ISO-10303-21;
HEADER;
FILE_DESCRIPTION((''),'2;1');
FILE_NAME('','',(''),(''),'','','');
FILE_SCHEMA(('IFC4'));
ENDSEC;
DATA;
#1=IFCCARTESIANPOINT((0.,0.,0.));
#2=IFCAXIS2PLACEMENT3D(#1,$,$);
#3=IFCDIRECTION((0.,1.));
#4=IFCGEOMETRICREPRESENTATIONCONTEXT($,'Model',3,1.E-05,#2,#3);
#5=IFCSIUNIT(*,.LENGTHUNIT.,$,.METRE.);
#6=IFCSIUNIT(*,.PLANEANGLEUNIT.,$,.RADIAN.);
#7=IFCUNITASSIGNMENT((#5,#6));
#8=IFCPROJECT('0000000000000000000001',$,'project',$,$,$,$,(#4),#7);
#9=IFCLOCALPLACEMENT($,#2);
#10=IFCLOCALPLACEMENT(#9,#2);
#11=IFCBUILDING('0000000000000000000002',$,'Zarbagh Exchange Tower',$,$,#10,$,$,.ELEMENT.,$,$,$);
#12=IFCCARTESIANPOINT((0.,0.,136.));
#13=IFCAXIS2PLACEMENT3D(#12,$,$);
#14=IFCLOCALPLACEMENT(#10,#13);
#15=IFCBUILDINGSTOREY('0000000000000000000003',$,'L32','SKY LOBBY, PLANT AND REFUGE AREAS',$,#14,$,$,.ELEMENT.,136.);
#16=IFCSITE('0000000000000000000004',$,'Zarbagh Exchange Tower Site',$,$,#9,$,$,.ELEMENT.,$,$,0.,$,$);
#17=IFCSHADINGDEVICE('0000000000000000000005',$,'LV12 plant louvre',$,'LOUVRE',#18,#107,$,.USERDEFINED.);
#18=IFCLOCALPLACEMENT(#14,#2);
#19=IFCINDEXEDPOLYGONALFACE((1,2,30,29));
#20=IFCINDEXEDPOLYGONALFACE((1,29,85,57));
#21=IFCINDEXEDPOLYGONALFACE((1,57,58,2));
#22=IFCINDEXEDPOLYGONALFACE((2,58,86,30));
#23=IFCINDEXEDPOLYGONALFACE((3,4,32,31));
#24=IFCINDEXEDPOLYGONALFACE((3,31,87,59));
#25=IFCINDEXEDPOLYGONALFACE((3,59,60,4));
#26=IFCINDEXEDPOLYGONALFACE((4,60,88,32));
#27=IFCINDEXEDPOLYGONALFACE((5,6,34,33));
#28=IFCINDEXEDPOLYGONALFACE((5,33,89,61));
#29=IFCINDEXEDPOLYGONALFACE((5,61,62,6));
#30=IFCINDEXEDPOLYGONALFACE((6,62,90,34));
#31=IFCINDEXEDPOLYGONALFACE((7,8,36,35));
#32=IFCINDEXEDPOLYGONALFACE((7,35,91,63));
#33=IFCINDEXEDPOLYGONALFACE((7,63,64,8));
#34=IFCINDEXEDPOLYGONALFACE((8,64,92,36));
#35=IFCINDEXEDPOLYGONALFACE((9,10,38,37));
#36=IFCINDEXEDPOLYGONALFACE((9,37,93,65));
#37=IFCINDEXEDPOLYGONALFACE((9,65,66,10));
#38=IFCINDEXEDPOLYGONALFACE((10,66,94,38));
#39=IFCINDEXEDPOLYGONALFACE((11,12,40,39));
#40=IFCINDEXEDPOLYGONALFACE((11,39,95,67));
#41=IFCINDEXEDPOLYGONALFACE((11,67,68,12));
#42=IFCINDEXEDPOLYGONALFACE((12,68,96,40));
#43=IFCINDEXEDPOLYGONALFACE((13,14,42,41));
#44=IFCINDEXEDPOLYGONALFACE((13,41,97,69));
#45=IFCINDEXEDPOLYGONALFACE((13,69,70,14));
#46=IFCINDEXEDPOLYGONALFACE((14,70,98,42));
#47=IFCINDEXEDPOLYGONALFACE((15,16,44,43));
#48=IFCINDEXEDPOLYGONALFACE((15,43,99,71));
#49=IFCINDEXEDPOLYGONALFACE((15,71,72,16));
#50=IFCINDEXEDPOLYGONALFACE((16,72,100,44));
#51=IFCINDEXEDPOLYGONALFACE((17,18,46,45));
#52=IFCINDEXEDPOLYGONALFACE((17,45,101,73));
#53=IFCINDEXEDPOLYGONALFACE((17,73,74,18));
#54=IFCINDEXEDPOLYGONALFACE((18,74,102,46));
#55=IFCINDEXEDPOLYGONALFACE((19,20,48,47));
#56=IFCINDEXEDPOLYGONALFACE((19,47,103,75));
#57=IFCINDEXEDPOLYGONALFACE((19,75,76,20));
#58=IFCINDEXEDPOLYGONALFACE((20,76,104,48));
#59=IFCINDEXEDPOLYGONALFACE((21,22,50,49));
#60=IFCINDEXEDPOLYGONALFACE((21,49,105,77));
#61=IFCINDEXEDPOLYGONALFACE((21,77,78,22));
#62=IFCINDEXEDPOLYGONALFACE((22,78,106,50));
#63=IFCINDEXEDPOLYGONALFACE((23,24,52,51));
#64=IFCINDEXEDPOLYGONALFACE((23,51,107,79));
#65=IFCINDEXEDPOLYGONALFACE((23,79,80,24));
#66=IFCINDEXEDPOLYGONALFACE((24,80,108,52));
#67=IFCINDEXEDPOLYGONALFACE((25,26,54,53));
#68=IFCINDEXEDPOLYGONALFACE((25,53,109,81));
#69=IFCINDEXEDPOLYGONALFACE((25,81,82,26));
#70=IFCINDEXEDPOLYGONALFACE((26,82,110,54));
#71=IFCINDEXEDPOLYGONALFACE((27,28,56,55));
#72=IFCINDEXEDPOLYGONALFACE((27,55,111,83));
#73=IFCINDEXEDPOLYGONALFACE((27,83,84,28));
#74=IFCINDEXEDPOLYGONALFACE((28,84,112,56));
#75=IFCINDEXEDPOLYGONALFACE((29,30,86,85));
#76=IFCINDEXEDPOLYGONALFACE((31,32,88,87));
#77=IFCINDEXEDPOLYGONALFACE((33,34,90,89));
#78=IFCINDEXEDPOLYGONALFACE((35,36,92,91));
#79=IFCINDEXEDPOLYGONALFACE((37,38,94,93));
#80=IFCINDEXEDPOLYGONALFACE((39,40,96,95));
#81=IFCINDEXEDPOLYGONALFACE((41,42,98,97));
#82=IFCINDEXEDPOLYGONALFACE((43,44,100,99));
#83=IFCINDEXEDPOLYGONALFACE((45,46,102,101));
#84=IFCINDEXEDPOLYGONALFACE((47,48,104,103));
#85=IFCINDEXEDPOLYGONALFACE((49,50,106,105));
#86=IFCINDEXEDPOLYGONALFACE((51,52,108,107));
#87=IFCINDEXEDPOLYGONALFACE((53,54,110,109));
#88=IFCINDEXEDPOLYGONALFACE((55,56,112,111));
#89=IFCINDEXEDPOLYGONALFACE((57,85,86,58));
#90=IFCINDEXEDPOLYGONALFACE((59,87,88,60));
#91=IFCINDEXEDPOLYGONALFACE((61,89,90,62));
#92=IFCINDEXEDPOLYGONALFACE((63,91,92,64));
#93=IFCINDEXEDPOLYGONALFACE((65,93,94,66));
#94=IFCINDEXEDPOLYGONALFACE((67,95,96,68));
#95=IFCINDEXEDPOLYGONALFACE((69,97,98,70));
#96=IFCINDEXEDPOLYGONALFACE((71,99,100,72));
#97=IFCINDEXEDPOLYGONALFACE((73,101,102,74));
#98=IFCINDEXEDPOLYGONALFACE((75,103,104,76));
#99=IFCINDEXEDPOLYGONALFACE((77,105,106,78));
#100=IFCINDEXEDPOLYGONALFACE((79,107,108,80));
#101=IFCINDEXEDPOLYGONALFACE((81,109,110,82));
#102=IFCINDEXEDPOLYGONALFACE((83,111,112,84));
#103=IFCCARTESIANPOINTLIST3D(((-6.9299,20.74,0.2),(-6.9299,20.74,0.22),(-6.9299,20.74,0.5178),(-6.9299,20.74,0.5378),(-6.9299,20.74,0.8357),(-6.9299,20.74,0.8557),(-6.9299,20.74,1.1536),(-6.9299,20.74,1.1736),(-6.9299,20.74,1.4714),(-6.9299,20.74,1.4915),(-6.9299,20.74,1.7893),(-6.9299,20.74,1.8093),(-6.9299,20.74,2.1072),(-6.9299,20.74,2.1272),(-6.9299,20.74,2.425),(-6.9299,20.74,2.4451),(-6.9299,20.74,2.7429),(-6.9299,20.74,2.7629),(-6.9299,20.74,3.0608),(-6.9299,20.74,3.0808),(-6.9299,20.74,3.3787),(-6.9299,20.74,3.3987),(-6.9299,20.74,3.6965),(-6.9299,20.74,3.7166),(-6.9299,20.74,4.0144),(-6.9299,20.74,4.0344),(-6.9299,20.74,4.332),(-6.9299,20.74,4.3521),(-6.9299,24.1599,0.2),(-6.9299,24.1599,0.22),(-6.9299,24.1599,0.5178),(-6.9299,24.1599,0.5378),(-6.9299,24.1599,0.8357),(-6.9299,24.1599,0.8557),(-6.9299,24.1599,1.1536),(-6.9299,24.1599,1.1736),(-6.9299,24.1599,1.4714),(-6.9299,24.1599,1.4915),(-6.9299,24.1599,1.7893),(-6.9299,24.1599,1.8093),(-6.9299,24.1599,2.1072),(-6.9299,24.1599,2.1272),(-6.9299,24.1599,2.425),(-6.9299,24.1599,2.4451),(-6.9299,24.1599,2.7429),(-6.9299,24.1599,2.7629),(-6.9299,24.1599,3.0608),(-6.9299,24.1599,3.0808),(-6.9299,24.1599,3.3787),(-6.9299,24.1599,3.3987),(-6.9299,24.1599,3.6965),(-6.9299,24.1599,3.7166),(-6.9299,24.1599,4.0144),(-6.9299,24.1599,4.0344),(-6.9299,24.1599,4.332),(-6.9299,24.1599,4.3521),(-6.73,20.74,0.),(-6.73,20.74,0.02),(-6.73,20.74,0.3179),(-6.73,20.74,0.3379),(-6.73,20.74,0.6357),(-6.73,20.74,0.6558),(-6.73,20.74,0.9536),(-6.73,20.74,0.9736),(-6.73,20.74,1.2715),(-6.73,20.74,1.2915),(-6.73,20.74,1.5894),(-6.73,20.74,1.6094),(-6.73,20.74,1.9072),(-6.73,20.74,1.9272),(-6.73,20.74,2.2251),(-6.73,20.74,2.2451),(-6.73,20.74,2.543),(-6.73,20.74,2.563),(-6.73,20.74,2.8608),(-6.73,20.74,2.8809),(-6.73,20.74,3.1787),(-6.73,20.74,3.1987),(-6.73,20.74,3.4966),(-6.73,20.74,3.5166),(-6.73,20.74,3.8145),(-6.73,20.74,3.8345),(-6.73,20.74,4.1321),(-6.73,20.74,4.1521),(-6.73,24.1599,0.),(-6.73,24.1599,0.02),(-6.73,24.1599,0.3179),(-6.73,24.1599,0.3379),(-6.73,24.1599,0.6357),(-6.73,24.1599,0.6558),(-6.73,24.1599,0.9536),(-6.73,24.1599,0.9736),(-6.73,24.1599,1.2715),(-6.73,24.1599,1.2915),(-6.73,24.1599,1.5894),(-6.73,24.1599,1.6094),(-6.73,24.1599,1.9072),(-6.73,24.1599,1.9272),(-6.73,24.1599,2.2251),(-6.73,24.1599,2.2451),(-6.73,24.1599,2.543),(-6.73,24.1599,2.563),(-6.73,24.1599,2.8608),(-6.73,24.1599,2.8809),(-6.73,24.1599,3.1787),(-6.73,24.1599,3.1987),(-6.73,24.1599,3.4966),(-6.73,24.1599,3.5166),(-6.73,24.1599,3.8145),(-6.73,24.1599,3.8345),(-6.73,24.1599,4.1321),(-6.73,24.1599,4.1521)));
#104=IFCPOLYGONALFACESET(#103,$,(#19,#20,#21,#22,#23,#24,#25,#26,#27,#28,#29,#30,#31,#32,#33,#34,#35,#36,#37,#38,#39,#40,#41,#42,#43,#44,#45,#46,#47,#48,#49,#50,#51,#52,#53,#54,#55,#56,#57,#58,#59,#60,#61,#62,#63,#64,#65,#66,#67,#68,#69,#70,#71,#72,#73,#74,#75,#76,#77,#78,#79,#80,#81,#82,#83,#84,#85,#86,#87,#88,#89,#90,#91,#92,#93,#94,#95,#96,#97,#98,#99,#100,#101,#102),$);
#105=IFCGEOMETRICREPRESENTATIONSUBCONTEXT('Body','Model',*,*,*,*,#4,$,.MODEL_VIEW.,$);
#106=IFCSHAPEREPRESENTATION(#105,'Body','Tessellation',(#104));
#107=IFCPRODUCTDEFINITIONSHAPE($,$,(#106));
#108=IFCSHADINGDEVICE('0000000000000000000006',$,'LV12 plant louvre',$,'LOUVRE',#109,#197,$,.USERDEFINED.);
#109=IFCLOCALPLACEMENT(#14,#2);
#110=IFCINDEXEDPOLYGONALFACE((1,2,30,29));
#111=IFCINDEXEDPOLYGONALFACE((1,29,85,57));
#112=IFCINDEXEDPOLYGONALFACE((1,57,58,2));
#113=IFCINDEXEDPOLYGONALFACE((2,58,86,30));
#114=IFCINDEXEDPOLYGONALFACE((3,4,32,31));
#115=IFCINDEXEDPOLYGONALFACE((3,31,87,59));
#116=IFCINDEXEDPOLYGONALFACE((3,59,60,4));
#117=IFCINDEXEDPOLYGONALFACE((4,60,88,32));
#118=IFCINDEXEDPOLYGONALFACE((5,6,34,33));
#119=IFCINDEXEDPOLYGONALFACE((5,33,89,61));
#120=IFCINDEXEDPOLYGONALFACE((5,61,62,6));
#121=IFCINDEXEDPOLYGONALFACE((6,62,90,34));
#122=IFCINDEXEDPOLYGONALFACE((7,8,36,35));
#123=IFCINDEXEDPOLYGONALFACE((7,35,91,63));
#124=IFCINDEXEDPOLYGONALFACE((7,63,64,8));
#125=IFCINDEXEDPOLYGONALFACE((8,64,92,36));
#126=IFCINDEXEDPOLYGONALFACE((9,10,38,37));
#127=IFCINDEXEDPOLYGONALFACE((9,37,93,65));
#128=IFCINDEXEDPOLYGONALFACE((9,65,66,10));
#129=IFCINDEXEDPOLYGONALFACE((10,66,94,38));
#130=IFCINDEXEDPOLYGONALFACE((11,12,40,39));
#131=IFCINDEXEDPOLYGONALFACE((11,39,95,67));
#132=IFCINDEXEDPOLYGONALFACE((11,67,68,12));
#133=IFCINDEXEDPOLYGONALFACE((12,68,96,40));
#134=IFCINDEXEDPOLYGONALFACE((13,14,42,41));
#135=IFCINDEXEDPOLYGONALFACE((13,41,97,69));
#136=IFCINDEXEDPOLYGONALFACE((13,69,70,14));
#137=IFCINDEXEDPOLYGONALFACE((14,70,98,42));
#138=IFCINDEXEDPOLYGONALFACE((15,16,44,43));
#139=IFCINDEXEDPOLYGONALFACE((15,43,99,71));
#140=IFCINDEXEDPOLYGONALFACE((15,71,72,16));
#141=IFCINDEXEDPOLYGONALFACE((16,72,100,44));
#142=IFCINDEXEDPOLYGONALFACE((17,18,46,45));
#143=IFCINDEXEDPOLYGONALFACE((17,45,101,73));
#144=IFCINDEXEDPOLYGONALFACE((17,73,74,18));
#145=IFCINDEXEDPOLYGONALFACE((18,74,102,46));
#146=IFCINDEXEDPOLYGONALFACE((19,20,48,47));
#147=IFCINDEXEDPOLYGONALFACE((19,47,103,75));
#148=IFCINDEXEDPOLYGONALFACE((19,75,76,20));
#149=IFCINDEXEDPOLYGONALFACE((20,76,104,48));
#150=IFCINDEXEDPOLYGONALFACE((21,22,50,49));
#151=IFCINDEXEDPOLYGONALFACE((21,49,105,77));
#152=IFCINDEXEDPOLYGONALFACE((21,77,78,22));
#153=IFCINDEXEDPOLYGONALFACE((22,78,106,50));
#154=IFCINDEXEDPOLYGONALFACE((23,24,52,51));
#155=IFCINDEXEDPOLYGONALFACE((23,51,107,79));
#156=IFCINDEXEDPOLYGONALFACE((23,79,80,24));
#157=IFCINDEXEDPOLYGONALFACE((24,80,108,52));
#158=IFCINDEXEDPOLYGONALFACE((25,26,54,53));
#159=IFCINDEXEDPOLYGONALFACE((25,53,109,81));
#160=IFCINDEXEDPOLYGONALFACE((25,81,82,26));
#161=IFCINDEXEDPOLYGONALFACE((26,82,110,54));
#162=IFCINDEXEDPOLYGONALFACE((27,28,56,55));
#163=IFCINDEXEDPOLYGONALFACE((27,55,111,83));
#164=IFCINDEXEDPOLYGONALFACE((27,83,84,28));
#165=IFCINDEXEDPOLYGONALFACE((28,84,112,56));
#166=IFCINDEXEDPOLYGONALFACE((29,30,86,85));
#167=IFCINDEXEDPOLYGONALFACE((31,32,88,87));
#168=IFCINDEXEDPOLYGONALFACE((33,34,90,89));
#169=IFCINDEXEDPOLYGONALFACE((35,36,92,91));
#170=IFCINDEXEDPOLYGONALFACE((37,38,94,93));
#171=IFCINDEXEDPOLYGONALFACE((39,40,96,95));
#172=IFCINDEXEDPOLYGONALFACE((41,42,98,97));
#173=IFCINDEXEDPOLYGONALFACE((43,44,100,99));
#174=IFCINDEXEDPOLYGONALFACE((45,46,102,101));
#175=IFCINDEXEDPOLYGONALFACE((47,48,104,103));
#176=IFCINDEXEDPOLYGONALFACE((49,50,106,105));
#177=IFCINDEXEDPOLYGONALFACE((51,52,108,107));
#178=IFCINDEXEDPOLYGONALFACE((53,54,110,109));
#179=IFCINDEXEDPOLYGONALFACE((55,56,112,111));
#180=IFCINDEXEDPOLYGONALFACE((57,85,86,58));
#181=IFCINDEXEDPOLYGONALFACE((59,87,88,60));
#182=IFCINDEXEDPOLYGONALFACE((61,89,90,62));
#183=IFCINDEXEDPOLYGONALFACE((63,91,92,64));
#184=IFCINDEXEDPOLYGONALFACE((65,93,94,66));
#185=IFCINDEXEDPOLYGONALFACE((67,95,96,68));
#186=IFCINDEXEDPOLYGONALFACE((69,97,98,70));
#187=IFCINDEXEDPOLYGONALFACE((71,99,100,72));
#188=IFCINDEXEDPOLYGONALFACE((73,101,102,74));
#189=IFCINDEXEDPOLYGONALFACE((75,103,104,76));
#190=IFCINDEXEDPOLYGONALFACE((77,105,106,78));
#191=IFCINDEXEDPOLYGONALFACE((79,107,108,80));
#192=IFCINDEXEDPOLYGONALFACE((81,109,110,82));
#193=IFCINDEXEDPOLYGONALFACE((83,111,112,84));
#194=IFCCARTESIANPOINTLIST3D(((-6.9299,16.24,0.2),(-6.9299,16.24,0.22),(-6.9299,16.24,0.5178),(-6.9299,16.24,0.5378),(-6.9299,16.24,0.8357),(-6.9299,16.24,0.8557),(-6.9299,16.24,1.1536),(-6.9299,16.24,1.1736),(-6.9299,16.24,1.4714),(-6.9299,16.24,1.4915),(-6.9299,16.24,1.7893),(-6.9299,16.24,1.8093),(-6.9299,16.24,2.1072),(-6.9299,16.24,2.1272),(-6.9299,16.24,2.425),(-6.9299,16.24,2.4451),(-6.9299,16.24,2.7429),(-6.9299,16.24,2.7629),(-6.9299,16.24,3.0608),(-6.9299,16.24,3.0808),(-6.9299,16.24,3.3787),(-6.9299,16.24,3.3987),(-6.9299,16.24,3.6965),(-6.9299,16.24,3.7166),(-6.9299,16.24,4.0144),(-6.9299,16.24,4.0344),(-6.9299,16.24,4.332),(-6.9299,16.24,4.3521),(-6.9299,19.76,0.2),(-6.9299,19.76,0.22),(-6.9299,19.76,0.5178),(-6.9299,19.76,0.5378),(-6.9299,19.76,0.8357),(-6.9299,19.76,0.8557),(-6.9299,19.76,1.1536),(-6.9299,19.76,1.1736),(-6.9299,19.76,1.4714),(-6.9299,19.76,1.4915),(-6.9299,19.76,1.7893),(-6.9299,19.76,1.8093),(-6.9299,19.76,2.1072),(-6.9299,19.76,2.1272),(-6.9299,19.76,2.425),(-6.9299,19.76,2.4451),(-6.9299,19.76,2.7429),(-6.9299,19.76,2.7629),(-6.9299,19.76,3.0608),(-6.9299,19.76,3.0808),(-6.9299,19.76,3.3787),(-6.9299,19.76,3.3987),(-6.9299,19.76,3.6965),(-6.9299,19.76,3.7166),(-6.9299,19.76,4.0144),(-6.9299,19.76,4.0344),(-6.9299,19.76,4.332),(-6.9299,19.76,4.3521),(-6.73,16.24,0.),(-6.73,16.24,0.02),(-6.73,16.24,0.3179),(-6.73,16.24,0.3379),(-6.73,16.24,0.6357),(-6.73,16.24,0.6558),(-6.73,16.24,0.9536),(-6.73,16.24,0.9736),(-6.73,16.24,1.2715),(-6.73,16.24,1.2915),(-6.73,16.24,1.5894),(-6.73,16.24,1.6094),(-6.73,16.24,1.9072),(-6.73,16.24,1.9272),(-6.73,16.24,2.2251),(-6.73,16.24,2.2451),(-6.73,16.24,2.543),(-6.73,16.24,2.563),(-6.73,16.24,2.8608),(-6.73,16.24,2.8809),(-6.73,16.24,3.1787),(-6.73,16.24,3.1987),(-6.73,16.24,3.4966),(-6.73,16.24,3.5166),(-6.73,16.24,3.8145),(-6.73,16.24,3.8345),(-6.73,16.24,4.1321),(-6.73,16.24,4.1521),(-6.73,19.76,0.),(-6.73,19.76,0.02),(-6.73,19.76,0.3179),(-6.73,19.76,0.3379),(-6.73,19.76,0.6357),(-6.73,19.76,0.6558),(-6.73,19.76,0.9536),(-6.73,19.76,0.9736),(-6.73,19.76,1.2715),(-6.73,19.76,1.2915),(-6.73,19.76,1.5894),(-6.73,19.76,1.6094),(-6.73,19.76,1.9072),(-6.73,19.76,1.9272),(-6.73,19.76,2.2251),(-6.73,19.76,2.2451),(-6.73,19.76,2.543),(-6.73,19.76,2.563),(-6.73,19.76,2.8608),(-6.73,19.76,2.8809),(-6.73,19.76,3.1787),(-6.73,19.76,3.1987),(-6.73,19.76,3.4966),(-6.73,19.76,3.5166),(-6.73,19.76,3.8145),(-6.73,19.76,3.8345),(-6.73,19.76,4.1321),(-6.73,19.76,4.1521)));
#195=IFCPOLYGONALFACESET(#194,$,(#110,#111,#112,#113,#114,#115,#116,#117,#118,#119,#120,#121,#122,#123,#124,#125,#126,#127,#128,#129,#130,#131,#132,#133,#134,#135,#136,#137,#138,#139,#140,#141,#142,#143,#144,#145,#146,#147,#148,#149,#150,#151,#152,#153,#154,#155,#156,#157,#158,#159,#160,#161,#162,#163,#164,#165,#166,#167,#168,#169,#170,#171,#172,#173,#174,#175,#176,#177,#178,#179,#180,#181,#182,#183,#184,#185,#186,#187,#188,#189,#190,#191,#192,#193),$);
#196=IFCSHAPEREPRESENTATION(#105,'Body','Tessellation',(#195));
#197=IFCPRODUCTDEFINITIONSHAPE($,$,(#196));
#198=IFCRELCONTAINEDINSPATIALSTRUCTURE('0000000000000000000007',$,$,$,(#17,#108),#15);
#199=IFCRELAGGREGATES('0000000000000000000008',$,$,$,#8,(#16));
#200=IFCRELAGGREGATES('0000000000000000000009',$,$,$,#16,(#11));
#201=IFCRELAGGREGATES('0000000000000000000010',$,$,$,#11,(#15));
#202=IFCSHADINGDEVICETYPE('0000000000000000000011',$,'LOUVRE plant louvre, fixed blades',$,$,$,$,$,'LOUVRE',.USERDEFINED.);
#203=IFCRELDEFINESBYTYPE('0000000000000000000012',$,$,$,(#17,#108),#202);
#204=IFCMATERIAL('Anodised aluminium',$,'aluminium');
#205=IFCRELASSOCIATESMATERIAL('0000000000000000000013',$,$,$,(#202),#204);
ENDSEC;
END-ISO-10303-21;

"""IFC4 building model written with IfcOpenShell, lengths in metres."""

from ifc_helpers import new_model, si_unit, direction, frame, origin, place, context, subcontext, project, spatial, polyline, outline, extrude, source, transform, mapped, material, type_object, element, save


model = new_model("IFC4")

# Units and contexts
model_context = context("Model", 3, precision=1e-05, world=origin(), true_north=direction((0.0, 1.0)))
body_context = subcontext(model_context, "Body", "Model", "MODEL_VIEW")
ifc_project = project(units=[si_unit("LENGTHUNIT", "METRE"), si_unit("PLANEANGLEUNIT", "RADIAN")], contexts=[model_context])

# Site, building, storey
site_placement = place(None, origin())
site = spatial("IfcSite", under=ifc_project, at=site_placement, Name="Zarbagh Exchange Tower Site", CompositionType="ELEMENT", RefElevation=0.0)
building_placement = place(site_placement, origin())
building = spatial("IfcBuilding", under=site, at=building_placement, Name="Zarbagh Exchange Tower", CompositionType="ELEMENT")
storey_placement = place(building_placement, frame((0.0, 0.0, 136.0)))
storey = spatial("IfcBuildingStorey", under=building, at=storey_placement, Name="L32", Description="SKY LOBBY, PLANT AND REFUGE AREAS", CompositionType="ELEMENT", Elevation=136.0)

# Shared definitions
placement = place(storey_placement, origin())

# Shading devices
ifc_material_1 = material(Name="Anodised aluminium", Category="aluminium")
shading_device_type = type_object("IfcShadingDeviceType", Name="LOUVRE plant louvre, fixed blades", ElementType="LOUVRE", PredefinedType="USERDEFINED", material=ifc_material_1)
shared_shape_1 = source(origin(), body_context, "Body", "SweptSolid", [
    extrude(outline(polyline([(0.0, 0.2), (0.2, 0.0), (0.2, -0.02), (0.0, 0.1799), (0.0, 0.2)])), origin(), (0.0, 0.0, 1.0), 3.4199),
])
element("IfcShadingDevice", 1, at=placement, inside=storey, type_object=shading_device_type, Name="LV12 plant louvre", ObjectType="LOUVRE", PredefinedType="USERDEFINED", context=body_context, shape_type="MappedRepresentation", body=[
    mapped(shared_shape_1, transform((-6.73, 24.1599, 0.2), x_axis=(-1.0, 0.0, 0.0), y_axis=(0.0, 0.0, -1.0), z_axis=(0.0, -1.0, 0.0))),
    mapped(shared_shape_1, transform((-6.73, 24.1599, 0.5178), x_axis=(-1.0, 0.0, 0.0), y_axis=(0.0, 0.0, -1.0), z_axis=(0.0, -1.0, 0.0))),
    mapped(shared_shape_1, transform((-6.73, 24.1599, 0.8357), x_axis=(-1.0, 0.0, 0.0), y_axis=(0.0, 0.0, -1.0), z_axis=(0.0, -1.0, 0.0))),
    mapped(shared_shape_1, transform((-6.73, 24.1599, 1.1536), x_axis=(-1.0, 0.0, 0.0), y_axis=(0.0, 0.0, -1.0), z_axis=(0.0, -1.0, 0.0))),
    mapped(shared_shape_1, transform((-6.73, 24.1599, 1.4714), x_axis=(-1.0, 0.0, 0.0), y_axis=(0.0, 0.0, -1.0), z_axis=(0.0, -1.0, 0.0))),
    mapped(shared_shape_1, transform((-6.73, 24.1599, 1.7893), x_axis=(-1.0, 0.0, 0.0), y_axis=(0.0, 0.0, -1.0), z_axis=(0.0, -1.0, 0.0))),
    mapped(shared_shape_1, transform((-6.73, 24.1599, 2.1072), x_axis=(-1.0, 0.0, 0.0), y_axis=(0.0, 0.0, -1.0), z_axis=(0.0, -1.0, 0.0))),
    mapped(shared_shape_1, transform((-6.73, 24.1599, 2.425), x_axis=(-1.0, 0.0, 0.0), y_axis=(0.0, 0.0, -1.0), z_axis=(0.0, -1.0, 0.0))),
    mapped(shared_shape_1, transform((-6.73, 24.1599, 2.7429), x_axis=(-1.0, 0.0, 0.0), y_axis=(0.0, 0.0, -1.0), z_axis=(0.0, -1.0, 0.0))),
    mapped(shared_shape_1, transform((-6.73, 24.1599, 3.0608), x_axis=(-1.0, 0.0, 0.0), y_axis=(0.0, 0.0, -1.0), z_axis=(0.0, -1.0, 0.0))),
    mapped(shared_shape_1, transform((-6.73, 24.1599, 3.3787), x_axis=(-1.0, 0.0, 0.0), y_axis=(0.0, 0.0, -1.0), z_axis=(0.0, -1.0, 0.0))),
    mapped(shared_shape_1, transform((-6.73, 24.1599, 3.6965), x_axis=(-1.0, 0.0, 0.0), y_axis=(0.0, 0.0, -1.0), z_axis=(0.0, -1.0, 0.0))),
    mapped(shared_shape_1, transform((-6.73, 24.1599, 4.0144), x_axis=(-1.0, 0.0, 0.0), y_axis=(0.0, 0.0, -1.0), z_axis=(0.0, -1.0, 0.0))),
    mapped(shared_shape_1, transform((-6.73, 24.1599, 4.332), x_axis=(-1.0, 0.0, 0.0), y_axis=(0.0, 0.0, -1.0), z_axis=(0.0, -1.0, 0.0))),
])
shared_shape_2 = source(origin(), body_context, "Body", "SweptSolid", [
    extrude(outline(polyline([(0.0, 0.2), (0.2, 0.0), (0.2, -0.02), (0.0, 0.1799), (0.0, 0.2)])), origin(), (0.0, 0.0, 1.0), 3.52),
])
element("IfcShadingDevice", 2, at=placement, inside=storey, type_object=shading_device_type, Name="LV12 plant louvre", ObjectType="LOUVRE", PredefinedType="USERDEFINED", context=body_context, shape_type="MappedRepresentation", body=[
    mapped(shared_shape_2, transform((-6.73, 19.76, 0.2), x_axis=(-1.0, 0.0, 0.0), y_axis=(0.0, 0.0, -1.0), z_axis=(0.0, -1.0, 0.0))),
    mapped(shared_shape_2, transform((-6.73, 19.76, 0.5178), x_axis=(-1.0, 0.0, 0.0), y_axis=(0.0, 0.0, -1.0), z_axis=(0.0, -1.0, 0.0))),
    mapped(shared_shape_2, transform((-6.73, 19.76, 0.8357), x_axis=(-1.0, 0.0, 0.0), y_axis=(0.0, 0.0, -1.0), z_axis=(0.0, -1.0, 0.0))),
    mapped(shared_shape_2, transform((-6.73, 19.76, 1.1536), x_axis=(-1.0, 0.0, 0.0), y_axis=(0.0, 0.0, -1.0), z_axis=(0.0, -1.0, 0.0))),
    mapped(shared_shape_2, transform((-6.73, 19.76, 1.4714), x_axis=(-1.0, 0.0, 0.0), y_axis=(0.0, 0.0, -1.0), z_axis=(0.0, -1.0, 0.0))),
    mapped(shared_shape_2, transform((-6.73, 19.76, 1.7893), x_axis=(-1.0, 0.0, 0.0), y_axis=(0.0, 0.0, -1.0), z_axis=(0.0, -1.0, 0.0))),
    mapped(shared_shape_2, transform((-6.73, 19.76, 2.1072), x_axis=(-1.0, 0.0, 0.0), y_axis=(0.0, 0.0, -1.0), z_axis=(0.0, -1.0, 0.0))),
    mapped(shared_shape_2, transform((-6.73, 19.76, 2.425), x_axis=(-1.0, 0.0, 0.0), y_axis=(0.0, 0.0, -1.0), z_axis=(0.0, -1.0, 0.0))),
    mapped(shared_shape_2, transform((-6.73, 19.76, 2.7429), x_axis=(-1.0, 0.0, 0.0), y_axis=(0.0, 0.0, -1.0), z_axis=(0.0, -1.0, 0.0))),
    mapped(shared_shape_2, transform((-6.73, 19.76, 3.0608), x_axis=(-1.0, 0.0, 0.0), y_axis=(0.0, 0.0, -1.0), z_axis=(0.0, -1.0, 0.0))),
    mapped(shared_shape_2, transform((-6.73, 19.76, 3.3787), x_axis=(-1.0, 0.0, 0.0), y_axis=(0.0, 0.0, -1.0), z_axis=(0.0, -1.0, 0.0))),
    mapped(shared_shape_2, transform((-6.73, 19.76, 3.6965), x_axis=(-1.0, 0.0, 0.0), y_axis=(0.0, 0.0, -1.0), z_axis=(0.0, -1.0, 0.0))),
    mapped(shared_shape_2, transform((-6.73, 19.76, 4.0144), x_axis=(-1.0, 0.0, 0.0), y_axis=(0.0, 0.0, -1.0), z_axis=(0.0, -1.0, 0.0))),
    mapped(shared_shape_2, transform((-6.73, 19.76, 4.332), x_axis=(-1.0, 0.0, 0.0), y_axis=(0.0, 0.0, -1.0), z_axis=(0.0, -1.0, 0.0))),
])

save(model, "model.ifc")
